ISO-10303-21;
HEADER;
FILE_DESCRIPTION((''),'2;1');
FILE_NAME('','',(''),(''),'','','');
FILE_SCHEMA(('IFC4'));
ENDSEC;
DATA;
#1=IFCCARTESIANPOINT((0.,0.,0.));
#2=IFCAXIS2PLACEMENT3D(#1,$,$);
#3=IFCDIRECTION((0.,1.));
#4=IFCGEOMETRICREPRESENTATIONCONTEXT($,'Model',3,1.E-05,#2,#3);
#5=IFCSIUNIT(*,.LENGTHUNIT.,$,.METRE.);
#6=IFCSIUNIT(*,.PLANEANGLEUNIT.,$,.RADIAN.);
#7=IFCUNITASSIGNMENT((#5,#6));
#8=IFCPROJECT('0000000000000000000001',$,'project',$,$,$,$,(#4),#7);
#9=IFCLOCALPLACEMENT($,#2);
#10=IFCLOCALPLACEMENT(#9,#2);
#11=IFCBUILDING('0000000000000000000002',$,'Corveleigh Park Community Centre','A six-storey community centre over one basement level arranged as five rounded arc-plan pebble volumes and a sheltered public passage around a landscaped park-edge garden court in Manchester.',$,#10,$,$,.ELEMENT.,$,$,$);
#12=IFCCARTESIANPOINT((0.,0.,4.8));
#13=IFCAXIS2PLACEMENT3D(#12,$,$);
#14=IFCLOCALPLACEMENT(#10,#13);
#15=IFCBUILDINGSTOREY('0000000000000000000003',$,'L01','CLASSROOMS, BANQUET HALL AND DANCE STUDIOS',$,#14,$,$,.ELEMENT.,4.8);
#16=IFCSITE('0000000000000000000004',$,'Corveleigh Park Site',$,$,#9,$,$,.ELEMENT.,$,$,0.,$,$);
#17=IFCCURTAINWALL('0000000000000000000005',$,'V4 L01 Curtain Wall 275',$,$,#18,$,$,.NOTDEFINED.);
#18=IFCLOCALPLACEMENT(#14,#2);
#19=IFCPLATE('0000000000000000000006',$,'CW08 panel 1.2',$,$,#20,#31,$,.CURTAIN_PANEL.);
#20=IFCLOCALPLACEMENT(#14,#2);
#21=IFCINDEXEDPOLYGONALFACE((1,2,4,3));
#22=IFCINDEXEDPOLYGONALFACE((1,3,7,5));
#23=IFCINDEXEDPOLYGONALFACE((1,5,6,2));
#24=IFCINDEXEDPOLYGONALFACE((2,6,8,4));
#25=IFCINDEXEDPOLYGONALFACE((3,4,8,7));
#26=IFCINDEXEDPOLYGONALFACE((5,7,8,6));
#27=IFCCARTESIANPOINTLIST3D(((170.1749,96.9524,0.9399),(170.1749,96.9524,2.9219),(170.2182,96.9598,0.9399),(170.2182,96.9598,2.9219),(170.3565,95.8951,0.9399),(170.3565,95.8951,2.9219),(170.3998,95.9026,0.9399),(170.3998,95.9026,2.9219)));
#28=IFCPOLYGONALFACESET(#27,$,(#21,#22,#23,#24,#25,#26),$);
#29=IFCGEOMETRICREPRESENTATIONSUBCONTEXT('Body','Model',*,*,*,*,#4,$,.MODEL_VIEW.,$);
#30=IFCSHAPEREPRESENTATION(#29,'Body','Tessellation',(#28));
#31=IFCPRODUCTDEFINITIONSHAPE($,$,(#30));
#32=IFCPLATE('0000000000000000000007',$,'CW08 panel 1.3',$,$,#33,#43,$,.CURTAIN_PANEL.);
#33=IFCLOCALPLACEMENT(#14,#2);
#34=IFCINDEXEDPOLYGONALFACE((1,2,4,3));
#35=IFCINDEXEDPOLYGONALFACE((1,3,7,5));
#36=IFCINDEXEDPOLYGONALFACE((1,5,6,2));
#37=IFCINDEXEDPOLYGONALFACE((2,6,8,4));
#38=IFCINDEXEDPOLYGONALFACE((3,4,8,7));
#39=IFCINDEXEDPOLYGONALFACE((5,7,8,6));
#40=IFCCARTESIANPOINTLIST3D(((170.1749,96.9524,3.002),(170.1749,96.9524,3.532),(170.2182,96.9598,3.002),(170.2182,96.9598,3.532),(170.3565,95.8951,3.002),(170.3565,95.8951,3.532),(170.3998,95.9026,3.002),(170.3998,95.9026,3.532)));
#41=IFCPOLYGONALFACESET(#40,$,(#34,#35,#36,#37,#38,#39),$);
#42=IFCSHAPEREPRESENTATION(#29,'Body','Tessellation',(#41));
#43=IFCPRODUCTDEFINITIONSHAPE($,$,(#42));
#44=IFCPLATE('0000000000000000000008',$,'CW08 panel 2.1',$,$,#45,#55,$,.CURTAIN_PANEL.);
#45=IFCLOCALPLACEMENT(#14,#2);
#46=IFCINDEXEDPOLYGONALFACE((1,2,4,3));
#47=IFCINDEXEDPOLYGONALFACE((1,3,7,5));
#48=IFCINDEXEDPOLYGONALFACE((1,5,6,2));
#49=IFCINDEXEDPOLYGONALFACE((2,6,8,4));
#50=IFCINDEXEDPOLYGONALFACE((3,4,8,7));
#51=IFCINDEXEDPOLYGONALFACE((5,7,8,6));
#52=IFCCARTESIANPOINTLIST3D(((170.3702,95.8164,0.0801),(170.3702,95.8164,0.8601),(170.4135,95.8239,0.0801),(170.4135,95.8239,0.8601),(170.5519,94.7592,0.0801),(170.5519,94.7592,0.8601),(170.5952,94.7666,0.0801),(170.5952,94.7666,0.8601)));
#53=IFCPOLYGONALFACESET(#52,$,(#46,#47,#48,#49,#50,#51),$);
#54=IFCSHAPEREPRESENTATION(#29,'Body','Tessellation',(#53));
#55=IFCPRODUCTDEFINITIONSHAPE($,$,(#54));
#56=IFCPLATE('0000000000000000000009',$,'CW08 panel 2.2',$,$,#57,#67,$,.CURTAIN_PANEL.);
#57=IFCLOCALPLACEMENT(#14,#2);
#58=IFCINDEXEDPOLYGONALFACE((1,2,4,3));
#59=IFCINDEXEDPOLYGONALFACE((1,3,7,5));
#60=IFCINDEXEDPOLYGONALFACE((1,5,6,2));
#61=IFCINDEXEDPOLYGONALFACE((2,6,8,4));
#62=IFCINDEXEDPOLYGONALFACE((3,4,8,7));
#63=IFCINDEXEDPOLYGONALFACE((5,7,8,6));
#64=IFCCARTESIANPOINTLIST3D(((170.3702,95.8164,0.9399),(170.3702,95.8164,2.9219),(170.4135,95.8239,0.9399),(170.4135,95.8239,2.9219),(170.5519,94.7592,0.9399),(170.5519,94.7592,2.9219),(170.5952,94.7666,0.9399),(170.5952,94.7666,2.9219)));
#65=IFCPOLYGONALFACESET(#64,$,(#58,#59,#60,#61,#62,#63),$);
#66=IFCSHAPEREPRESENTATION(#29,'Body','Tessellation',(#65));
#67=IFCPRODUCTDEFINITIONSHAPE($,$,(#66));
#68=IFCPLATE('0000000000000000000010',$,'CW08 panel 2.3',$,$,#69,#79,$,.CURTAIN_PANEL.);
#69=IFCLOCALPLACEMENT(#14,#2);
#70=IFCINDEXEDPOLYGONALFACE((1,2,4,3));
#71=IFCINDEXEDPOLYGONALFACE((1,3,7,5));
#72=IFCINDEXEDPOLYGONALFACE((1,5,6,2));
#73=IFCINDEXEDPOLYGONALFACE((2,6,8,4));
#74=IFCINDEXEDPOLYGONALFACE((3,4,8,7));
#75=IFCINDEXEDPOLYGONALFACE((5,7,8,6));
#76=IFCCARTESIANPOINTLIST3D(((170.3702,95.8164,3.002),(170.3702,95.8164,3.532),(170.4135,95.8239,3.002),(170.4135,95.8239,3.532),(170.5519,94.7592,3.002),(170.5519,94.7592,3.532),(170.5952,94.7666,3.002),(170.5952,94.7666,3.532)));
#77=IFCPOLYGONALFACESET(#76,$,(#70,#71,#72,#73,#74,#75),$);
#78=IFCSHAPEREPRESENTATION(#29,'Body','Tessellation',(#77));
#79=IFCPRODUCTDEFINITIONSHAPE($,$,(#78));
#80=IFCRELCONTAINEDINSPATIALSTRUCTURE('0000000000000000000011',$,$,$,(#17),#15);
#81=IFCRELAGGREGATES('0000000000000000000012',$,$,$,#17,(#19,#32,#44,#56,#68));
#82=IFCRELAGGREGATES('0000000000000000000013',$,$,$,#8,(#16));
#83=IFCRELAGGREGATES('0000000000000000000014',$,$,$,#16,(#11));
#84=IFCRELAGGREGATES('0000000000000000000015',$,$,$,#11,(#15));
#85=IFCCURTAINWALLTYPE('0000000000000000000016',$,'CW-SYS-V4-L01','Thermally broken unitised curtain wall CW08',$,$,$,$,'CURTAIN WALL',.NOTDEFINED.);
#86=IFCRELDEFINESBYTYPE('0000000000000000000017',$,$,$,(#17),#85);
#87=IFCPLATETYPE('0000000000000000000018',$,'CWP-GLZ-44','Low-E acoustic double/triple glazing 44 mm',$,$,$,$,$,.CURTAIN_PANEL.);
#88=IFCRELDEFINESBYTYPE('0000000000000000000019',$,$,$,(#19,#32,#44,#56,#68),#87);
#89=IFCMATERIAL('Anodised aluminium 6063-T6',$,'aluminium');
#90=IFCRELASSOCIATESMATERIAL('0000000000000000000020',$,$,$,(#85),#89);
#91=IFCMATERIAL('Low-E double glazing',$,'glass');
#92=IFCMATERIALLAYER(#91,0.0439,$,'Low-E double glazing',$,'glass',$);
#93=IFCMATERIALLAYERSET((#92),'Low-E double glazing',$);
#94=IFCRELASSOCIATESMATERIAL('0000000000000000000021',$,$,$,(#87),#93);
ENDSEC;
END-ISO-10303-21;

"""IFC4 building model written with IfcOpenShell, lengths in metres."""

from ifc_helpers import new_model, si_unit, direction, frame, origin, origin_2d, place, context, subcontext, project, spatial, rectangle, extrude, material, layer, layer_set, type_object, element, aggregate, save


model = new_model("IFC4")

# Units and contexts
model_context = context("Model", 3, precision=1e-05, world=origin(), true_north=direction((0.0, 1.0)))
body_context = subcontext(model_context, "Body", "Model", "MODEL_VIEW")
ifc_project = project(units=[si_unit("LENGTHUNIT", "METRE"), si_unit("PLANEANGLEUNIT", "RADIAN")], contexts=[model_context])

# Site, building, storey
site_placement = place(None, origin())
site = spatial("IfcSite", under=ifc_project, at=site_placement, Name="Corveleigh Park Site", CompositionType="ELEMENT", RefElevation=0.0)
building_placement = place(site_placement, origin())
building = spatial("IfcBuilding", under=site, at=building_placement, Name="Corveleigh Park Community Centre", Description="A six-storey community centre over one basement level arranged as five rounded arc-plan pebble volumes and a sheltered public passage around a landscaped park-edge garden court in Manchester.", CompositionType="ELEMENT")
storey_placement = place(building_placement, frame((0.0, 0.0, 4.8)))
storey = spatial("IfcBuildingStorey", under=building, at=storey_placement, Name="L01", Description="CLASSROOMS, BANQUET HALL AND DANCE STUDIOS", CompositionType="ELEMENT", Elevation=4.8)

# Curtain wall
ifc_material_1 = material(Name="Anodised aluminium 6063-T6", Category="aluminium")
curtain_wall_type = type_object("IfcCurtainWallType", Name="CW-SYS-V4-L01", Description="Thermally broken unitised curtain wall CW08", ElementType="CURTAIN WALL", PredefinedType="NOTDEFINED", material=ifc_material_1)
curtain_wall_1_placement = place(storey_placement, origin())
curtain_wall_1 = element("IfcCurtainWall", 1, at=curtain_wall_1_placement, inside=storey, type_object=curtain_wall_type, Name="V4 L01 Curtain Wall 275", PredefinedType="NOTDEFINED")

# Plates
ifc_material_2 = material(Name="Low-E double glazing", Category="glass")
ifc_layer_1 = layer(ifc_material_2, 0.0439, Name="Low-E double glazing", Category="glass")
ifc_layer_set_1 = layer_set([ifc_layer_1], Name="Low-E double glazing")
plate_type_1 = type_object("IfcPlateType", Name="CWP-GLZ-44", Description="Low-E acoustic double/triple glazing 44 mm", PredefinedType="CURTAIN_PANEL", material=ifc_layer_set_1)
plate_1_placement = place(storey_placement, frame((170.2874, 96.4275, 0.9399), z_axis=(0.0, 0.0, 1.0), x_axis=(0.169359, -0.985554, 0.0)))
plate_1 = element("IfcPlate", 2, at=plate_1_placement, type_object=plate_type_1, Name="CW08 panel 1.2", PredefinedType="CURTAIN_PANEL", context=body_context, shape_type="SweptSolid", body=[
    extrude(rectangle(XDim=1.0728, YDim=0.0439, at=origin_2d()), origin(), (0.0, 0.0, 1.0), 1.9819),
])
plate_2_placement = place(storey_placement, frame((170.2874, 96.4275, 3.002), z_axis=(0.0, 0.0, 1.0), x_axis=(0.169359, -0.985554, 0.0)))
plate_2 = element("IfcPlate", 3, at=plate_2_placement, type_object=plate_type_1, Name="CW08 panel 1.3", PredefinedType="CURTAIN_PANEL", context=body_context, shape_type="SweptSolid", body=[
    extrude(rectangle(XDim=1.0728, YDim=0.0439, at=origin_2d()), origin(), (0.0, 0.0, 1.0), 0.53),
])
plate_3_placement = place(storey_placement, frame((170.4827, 95.2915, 0.0801), z_axis=(0.0, 0.0, 1.0), x_axis=(0.169359, -0.985554, 0.0)))
plate_3 = element("IfcPlate", 4, at=plate_3_placement, type_object=plate_type_1, Name="CW08 panel 2.1", PredefinedType="CURTAIN_PANEL", context=body_context, shape_type="SweptSolid", body=[
    extrude(rectangle(XDim=1.0728, YDim=0.0439, at=origin_2d()), origin(), (0.0, 0.0, 1.0), 0.78),
])
plate_4_placement = place(storey_placement, frame((170.4827, 95.2915, 0.9399), z_axis=(0.0, 0.0, 1.0), x_axis=(0.169359, -0.985554, 0.0)))
plate_4 = element("IfcPlate", 5, at=plate_4_placement, type_object=plate_type_1, Name="CW08 panel 2.2", PredefinedType="CURTAIN_PANEL", context=body_context, shape_type="SweptSolid", body=[
    extrude(rectangle(XDim=1.0728, YDim=0.0439, at=origin_2d()), origin(), (0.0, 0.0, 1.0), 1.9819),
])
plate_5_placement = place(storey_placement, frame((170.4827, 95.2915, 3.002), z_axis=(0.0, 0.0, 1.0), x_axis=(0.169359, -0.985554, 0.0)))
plate_5 = element("IfcPlate", 6, at=plate_5_placement, type_object=plate_type_1, Name="CW08 panel 2.3", PredefinedType="CURTAIN_PANEL", context=body_context, shape_type="SweptSolid", body=[
    extrude(rectangle(XDim=1.0728, YDim=0.0439, at=origin_2d()), origin(), (0.0, 0.0, 1.0), 0.53),
])
aggregate(curtain_wall_1, [plate_1, plate_2, plate_3, plate_4, plate_5])

save(model, "model.ifc")
